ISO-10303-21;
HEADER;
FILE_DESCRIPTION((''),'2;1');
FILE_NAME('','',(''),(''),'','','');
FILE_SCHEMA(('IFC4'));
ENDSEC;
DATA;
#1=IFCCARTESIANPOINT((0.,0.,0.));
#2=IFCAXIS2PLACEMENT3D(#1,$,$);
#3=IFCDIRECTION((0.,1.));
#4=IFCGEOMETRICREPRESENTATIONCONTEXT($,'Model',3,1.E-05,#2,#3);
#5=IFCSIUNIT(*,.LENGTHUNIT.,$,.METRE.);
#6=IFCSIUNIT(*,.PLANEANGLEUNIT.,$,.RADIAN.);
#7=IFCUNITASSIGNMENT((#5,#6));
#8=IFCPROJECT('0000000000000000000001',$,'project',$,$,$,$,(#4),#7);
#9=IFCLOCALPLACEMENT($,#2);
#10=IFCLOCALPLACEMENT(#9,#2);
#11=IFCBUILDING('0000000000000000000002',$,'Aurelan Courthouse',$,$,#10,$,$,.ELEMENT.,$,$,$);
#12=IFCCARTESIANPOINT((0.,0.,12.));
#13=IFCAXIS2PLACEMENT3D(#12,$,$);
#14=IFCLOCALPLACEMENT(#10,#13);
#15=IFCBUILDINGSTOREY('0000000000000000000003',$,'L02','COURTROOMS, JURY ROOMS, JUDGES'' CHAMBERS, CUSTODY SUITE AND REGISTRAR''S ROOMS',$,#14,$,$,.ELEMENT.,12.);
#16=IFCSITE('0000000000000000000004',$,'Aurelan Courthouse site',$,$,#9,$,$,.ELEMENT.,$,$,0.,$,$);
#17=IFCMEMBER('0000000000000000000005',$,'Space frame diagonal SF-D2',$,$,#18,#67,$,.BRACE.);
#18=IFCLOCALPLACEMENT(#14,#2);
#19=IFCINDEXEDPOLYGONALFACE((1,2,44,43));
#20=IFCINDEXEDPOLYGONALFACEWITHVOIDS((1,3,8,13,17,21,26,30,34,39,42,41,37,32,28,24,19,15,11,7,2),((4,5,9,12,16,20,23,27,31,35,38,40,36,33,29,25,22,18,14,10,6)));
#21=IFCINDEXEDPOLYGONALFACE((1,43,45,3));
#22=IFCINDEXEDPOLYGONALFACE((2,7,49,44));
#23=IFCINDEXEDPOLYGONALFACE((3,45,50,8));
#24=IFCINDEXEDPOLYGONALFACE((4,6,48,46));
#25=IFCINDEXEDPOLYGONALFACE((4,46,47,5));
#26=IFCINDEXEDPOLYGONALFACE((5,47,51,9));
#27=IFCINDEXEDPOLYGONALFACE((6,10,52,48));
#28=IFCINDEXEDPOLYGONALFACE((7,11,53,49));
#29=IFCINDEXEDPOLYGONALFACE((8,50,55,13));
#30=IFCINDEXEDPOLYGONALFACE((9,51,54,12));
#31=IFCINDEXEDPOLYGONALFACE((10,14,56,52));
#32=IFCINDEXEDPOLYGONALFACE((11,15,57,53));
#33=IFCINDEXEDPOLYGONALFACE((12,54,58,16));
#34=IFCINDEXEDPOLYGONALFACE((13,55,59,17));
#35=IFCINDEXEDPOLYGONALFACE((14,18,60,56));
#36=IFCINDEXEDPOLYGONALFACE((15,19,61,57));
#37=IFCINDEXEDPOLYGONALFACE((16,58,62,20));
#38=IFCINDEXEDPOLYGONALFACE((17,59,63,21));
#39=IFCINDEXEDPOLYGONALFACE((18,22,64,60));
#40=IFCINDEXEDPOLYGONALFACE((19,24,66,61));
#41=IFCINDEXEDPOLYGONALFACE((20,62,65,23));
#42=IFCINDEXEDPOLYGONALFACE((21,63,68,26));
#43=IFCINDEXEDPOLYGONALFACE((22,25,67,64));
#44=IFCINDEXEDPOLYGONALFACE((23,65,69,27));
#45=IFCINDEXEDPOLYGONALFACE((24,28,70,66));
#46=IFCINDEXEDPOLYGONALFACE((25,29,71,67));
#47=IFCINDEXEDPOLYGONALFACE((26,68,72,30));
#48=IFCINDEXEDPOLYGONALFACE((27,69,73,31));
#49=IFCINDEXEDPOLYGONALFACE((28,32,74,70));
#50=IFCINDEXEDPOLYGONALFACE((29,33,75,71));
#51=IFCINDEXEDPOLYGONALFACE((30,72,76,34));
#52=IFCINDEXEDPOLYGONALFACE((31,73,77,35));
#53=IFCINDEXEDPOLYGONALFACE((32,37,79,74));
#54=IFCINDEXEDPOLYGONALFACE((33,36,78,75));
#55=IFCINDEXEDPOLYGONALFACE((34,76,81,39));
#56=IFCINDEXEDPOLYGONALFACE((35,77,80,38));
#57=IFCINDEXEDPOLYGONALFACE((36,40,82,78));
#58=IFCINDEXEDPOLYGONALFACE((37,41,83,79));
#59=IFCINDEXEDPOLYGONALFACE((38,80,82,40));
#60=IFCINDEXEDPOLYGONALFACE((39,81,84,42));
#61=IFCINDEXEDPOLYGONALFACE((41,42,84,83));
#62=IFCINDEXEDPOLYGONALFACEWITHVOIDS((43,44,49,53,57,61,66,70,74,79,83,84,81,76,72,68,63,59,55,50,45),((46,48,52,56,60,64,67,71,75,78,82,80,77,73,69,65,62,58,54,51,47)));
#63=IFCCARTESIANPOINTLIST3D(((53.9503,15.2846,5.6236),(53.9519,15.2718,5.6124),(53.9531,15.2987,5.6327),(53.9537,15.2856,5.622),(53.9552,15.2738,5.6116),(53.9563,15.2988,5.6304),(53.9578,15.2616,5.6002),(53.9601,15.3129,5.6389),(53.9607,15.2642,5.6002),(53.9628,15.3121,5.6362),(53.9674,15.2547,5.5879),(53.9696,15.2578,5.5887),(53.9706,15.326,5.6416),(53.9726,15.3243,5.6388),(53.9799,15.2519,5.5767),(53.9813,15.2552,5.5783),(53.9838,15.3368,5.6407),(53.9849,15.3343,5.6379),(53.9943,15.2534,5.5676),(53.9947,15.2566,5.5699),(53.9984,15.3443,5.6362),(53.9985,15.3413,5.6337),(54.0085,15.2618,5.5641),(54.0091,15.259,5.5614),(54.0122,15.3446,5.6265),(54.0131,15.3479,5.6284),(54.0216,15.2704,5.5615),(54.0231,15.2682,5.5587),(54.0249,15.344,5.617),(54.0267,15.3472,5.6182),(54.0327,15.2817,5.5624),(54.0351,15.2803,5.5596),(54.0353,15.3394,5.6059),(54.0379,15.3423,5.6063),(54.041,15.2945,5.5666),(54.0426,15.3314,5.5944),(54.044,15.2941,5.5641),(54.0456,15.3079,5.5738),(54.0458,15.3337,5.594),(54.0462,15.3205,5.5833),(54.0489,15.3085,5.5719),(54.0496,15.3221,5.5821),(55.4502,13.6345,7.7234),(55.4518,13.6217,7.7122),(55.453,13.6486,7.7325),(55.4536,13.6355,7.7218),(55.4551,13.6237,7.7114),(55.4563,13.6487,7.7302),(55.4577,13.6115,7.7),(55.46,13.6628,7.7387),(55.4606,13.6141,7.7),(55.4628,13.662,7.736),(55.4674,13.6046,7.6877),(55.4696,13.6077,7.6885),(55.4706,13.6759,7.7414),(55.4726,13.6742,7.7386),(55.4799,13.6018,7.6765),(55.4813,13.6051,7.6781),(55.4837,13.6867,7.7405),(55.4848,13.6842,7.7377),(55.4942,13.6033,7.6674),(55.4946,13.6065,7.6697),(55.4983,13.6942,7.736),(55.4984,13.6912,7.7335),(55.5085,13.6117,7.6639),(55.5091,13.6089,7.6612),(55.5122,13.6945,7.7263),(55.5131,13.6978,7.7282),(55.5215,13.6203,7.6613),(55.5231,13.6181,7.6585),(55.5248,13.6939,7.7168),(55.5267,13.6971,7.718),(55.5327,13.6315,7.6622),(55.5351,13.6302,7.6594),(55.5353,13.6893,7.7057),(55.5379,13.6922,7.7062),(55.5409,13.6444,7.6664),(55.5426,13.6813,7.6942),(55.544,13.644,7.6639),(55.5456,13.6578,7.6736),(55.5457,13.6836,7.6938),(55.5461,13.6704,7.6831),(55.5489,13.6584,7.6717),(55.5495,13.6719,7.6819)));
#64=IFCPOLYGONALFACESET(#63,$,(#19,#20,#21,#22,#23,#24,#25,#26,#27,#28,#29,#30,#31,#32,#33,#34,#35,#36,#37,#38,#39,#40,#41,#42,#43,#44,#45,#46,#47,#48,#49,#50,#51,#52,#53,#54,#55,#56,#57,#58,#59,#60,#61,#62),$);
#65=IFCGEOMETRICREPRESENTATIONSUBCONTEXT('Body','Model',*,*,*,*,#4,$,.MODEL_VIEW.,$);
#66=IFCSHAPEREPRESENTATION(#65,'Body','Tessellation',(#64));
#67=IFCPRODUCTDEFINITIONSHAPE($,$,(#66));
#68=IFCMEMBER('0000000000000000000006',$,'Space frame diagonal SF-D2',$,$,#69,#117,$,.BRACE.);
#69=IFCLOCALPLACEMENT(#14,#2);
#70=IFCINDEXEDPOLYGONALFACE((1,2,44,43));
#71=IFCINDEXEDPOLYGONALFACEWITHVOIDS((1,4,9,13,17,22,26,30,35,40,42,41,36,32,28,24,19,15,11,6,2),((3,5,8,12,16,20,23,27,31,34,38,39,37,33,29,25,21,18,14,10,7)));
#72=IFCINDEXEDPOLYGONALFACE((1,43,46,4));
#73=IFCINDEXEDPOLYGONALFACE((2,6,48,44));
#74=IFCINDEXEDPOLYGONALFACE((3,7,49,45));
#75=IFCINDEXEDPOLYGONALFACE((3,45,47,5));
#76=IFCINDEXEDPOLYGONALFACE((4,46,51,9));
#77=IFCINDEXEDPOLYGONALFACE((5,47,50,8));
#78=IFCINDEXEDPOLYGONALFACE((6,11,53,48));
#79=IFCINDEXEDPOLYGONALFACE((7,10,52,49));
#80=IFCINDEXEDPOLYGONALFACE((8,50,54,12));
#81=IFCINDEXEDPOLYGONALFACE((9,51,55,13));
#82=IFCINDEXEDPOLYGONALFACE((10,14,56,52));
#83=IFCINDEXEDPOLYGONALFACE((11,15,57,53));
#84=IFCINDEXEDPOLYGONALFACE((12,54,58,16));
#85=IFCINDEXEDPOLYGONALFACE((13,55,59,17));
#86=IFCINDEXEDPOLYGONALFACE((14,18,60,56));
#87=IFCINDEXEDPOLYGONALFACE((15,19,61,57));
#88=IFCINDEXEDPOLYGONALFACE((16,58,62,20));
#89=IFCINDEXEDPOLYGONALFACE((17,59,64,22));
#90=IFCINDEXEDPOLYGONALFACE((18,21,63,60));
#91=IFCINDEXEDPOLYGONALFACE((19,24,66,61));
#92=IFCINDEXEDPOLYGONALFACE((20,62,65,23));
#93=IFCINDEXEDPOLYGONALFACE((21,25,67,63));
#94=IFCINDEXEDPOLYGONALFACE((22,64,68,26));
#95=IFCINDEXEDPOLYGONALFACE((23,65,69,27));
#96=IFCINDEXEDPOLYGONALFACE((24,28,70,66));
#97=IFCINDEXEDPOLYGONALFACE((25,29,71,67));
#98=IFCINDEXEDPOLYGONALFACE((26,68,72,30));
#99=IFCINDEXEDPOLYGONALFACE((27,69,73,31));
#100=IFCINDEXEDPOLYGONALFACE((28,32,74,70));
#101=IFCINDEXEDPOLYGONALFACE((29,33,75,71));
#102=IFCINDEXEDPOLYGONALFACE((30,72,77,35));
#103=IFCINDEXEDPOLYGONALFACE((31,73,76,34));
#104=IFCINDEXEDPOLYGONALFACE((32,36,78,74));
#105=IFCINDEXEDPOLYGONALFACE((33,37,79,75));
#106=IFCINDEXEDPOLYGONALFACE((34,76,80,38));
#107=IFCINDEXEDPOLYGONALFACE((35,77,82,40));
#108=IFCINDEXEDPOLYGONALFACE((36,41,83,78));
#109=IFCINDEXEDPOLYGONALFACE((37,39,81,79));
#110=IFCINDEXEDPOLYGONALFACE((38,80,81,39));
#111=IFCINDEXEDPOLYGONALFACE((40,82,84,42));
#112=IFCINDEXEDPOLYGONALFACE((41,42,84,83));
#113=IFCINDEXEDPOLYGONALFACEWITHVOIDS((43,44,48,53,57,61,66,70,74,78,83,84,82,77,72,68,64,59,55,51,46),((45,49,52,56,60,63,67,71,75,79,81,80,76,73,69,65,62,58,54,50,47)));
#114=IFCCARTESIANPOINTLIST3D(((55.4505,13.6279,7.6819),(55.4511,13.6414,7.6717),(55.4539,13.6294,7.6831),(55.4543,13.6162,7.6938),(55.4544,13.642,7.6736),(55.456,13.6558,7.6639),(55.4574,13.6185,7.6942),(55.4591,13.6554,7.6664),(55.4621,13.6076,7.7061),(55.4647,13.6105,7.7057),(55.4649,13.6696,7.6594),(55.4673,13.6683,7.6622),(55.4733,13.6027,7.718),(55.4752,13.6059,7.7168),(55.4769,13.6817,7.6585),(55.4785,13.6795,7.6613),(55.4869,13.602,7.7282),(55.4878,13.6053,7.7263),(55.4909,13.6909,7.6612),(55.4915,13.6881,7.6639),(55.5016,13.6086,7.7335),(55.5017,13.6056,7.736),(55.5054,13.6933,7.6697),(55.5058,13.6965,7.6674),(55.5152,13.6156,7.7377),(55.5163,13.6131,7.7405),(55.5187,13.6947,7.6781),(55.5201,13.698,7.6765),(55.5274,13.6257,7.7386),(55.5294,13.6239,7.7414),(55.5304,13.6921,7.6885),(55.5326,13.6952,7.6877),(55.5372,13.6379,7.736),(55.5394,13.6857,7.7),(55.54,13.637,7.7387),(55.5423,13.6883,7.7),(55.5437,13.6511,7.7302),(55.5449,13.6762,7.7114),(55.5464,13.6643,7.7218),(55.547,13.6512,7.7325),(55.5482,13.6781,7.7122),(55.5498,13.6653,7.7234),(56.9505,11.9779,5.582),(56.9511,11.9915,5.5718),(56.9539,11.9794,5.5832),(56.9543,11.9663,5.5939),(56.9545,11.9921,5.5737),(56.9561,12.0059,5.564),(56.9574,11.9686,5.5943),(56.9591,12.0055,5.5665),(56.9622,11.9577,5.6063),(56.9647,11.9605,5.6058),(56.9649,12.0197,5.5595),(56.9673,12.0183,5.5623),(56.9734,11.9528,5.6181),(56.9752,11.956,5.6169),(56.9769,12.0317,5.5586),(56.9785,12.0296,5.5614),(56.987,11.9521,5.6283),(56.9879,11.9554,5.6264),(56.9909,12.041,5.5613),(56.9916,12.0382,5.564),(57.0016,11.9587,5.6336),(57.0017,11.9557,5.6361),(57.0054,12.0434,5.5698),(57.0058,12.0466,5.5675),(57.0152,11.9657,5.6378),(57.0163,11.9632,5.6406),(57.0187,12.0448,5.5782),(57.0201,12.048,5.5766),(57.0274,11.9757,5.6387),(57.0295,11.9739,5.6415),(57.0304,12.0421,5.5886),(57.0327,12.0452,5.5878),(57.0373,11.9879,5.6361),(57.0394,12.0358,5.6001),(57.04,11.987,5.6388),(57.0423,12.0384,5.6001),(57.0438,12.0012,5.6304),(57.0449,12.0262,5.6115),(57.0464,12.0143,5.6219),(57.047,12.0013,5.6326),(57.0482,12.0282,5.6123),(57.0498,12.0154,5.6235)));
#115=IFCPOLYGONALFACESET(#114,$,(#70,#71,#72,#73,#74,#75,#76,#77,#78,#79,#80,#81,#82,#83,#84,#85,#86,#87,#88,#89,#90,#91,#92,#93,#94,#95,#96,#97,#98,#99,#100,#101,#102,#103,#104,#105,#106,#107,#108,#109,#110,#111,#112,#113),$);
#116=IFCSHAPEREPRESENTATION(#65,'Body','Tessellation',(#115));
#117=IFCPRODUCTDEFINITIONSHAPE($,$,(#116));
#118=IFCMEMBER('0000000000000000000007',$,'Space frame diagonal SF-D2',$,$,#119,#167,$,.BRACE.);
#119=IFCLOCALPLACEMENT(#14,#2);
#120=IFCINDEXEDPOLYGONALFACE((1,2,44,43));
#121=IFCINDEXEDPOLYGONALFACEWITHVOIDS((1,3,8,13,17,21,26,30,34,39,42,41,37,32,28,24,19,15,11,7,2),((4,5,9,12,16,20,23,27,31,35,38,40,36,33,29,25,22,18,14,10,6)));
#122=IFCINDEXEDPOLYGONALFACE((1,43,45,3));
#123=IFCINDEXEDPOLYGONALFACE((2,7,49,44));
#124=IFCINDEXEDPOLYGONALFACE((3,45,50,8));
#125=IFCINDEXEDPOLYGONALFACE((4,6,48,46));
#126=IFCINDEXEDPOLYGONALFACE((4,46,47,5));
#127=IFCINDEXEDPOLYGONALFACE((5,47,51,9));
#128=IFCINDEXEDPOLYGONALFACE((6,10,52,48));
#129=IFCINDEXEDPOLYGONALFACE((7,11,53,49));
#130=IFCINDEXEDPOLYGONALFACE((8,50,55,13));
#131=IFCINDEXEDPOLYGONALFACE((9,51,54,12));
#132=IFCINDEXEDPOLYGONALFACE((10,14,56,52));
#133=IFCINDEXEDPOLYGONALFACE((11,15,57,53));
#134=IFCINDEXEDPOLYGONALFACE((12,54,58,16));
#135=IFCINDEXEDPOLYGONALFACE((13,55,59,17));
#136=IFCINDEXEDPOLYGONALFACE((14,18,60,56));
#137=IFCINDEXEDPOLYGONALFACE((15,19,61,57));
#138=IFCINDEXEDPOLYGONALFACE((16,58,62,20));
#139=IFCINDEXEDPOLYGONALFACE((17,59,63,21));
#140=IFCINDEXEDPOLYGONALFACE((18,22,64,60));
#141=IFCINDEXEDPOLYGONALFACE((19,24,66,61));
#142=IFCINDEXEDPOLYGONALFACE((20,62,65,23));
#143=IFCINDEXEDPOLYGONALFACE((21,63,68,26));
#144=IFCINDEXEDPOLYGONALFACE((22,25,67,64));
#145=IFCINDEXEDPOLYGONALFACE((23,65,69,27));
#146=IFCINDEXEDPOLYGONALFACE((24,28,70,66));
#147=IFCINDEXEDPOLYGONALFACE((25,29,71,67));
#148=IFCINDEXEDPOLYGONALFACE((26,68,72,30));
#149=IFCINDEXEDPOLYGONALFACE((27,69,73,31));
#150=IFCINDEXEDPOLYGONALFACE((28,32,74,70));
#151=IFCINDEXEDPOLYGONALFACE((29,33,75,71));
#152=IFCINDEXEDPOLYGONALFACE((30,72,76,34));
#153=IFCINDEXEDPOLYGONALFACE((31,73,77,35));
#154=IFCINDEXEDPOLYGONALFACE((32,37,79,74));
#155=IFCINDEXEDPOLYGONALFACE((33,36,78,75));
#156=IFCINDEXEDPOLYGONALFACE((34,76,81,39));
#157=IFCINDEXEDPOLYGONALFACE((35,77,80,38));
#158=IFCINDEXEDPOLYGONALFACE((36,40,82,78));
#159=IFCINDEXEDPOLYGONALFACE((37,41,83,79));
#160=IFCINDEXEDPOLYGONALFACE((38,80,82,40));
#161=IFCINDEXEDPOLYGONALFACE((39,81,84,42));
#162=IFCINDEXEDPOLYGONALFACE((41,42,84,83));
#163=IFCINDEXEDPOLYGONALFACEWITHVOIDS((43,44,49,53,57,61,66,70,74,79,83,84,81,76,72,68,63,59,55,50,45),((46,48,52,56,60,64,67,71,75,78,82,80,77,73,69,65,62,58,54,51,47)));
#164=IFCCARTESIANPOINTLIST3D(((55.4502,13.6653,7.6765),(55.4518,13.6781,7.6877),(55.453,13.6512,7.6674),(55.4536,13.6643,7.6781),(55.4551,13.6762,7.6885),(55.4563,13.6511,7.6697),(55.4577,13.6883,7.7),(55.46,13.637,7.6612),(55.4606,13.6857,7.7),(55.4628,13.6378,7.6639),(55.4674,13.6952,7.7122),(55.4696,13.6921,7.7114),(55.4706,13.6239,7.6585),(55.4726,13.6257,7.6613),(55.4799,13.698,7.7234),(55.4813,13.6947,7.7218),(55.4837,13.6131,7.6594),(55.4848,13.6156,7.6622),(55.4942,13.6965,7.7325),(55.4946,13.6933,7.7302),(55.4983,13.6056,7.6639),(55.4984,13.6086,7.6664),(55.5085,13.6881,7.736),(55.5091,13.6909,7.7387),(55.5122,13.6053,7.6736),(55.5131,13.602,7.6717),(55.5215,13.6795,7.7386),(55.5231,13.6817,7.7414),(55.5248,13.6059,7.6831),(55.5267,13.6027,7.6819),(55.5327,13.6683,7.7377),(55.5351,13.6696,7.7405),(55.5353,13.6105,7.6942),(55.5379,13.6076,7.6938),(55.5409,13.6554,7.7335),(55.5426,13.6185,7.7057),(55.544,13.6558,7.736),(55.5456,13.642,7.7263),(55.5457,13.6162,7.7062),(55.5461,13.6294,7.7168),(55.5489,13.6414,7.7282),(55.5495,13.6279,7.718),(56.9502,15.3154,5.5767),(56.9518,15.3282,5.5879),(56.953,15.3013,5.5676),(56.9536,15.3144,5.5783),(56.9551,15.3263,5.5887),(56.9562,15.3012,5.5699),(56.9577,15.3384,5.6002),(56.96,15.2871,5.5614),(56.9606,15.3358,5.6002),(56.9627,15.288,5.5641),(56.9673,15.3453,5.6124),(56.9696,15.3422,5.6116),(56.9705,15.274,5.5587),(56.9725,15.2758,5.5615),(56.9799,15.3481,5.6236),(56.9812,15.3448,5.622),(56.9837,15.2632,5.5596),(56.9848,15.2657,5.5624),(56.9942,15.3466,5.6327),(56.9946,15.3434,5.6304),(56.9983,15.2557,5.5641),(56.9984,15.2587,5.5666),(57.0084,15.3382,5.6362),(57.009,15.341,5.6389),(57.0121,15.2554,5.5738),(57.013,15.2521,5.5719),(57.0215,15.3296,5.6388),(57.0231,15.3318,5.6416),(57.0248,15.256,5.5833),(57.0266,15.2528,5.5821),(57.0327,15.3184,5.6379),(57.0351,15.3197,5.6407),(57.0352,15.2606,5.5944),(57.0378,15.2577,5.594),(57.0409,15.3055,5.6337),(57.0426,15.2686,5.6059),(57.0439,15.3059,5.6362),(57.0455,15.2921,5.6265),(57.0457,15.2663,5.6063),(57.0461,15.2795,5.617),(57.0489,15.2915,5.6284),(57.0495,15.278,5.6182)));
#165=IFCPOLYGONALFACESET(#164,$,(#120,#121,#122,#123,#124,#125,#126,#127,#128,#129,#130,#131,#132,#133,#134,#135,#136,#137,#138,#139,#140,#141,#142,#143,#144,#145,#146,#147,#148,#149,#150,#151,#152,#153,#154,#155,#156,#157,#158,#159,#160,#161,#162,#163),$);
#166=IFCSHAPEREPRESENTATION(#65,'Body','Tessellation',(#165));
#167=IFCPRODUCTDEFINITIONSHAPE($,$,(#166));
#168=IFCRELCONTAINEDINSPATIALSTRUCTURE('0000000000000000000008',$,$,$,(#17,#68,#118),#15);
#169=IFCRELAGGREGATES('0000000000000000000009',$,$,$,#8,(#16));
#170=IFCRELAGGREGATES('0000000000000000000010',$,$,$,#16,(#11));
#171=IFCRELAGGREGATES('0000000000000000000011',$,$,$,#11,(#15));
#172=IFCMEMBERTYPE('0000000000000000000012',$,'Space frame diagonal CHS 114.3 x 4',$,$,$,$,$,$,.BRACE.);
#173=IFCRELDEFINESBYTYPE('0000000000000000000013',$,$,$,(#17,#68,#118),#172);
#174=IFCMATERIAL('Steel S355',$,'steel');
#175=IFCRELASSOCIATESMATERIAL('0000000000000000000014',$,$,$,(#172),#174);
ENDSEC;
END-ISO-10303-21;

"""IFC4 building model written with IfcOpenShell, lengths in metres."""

from ifc_helpers import new_model, si_unit, direction, frame, origin, origin_2d, place, context, subcontext, project, spatial, hollow_circle, extrude, material, material_profile, profile_set, type_object, element, save


model = new_model("IFC4")

# Units and contexts
model_context = context("Model", 3, precision=1e-05, world=origin(), true_north=direction((0.0, 1.0)))
body_context = subcontext(model_context, "Body", "Model", "MODEL_VIEW")
ifc_project = project(units=[si_unit("LENGTHUNIT", "METRE"), si_unit("PLANEANGLEUNIT", "RADIAN")], contexts=[model_context])

# Site, building, storey
site_placement = place(None, origin())
site = spatial("IfcSite", under=ifc_project, at=site_placement, Name="Aurelan Courthouse site", CompositionType="ELEMENT", RefElevation=0.0)
building_placement = place(site_placement, origin())
building = spatial("IfcBuilding", under=site, at=building_placement, Name="Aurelan Courthouse", CompositionType="ELEMENT")
storey_placement = place(building_placement, frame((0.0, 0.0, 12.0)))
storey = spatial("IfcBuildingStorey", under=building, at=storey_placement, Name="L02", Description="COURTROOMS, JURY ROOMS, JUDGES' CHAMBERS, CUSTODY SUITE AND REGISTRAR'S ROOMS", CompositionType="ELEMENT", Elevation=12.0)

# Members
ifc_material_1 = material(Name="Steel S355", Category="steel")
ifc_material_profile_1 = material_profile(ifc_material_1, hollow_circle(Radius=0.0571, WallThickness=0.0039, at=origin_2d()), Name="CHS 114.3 x 4")
ifc_profile_set_1 = profile_set([ifc_material_profile_1], Name="Steel S355")
member_type_1 = type_object("IfcMemberType", Name="Space frame diagonal CHS 114.3 x 4", PredefinedType="BRACE", material=ifc_profile_set_1)
for number, where, z_axis, x_axis, name in (
    (1, (55.5, 13.6499, 7.7), (-0.489706, 0.538724, -0.68554), (-0.73997, -0.67264, 0.0), "Space frame diagonal SF-D2"),
    (2, (55.5, 13.6499, 7.7), (0.489727, -0.538667, -0.685569), (0.73992, 0.672695, 0.0), "Space frame diagonal SF-D2"),
    (3, (55.5, 13.6499, 7.7), (0.489706, 0.538724, -0.68554), (-0.73997, 0.67264, 0.0), "Space frame diagonal SF-D2"),
):
    element("IfcMember", number, at=place(storey_placement, frame(where, z_axis=z_axis, x_axis=x_axis)), inside=storey, type_object=member_type_1, Name=name, PredefinedType="BRACE", context=body_context, shape_type="SweptSolid", body=[
        extrude(hollow_circle(Radius=0.0571, WallThickness=0.0039, at=origin_2d()), origin(), (0.0, 0.0, 1.0), 3.063),
    ])

save(model, "model.ifc")
